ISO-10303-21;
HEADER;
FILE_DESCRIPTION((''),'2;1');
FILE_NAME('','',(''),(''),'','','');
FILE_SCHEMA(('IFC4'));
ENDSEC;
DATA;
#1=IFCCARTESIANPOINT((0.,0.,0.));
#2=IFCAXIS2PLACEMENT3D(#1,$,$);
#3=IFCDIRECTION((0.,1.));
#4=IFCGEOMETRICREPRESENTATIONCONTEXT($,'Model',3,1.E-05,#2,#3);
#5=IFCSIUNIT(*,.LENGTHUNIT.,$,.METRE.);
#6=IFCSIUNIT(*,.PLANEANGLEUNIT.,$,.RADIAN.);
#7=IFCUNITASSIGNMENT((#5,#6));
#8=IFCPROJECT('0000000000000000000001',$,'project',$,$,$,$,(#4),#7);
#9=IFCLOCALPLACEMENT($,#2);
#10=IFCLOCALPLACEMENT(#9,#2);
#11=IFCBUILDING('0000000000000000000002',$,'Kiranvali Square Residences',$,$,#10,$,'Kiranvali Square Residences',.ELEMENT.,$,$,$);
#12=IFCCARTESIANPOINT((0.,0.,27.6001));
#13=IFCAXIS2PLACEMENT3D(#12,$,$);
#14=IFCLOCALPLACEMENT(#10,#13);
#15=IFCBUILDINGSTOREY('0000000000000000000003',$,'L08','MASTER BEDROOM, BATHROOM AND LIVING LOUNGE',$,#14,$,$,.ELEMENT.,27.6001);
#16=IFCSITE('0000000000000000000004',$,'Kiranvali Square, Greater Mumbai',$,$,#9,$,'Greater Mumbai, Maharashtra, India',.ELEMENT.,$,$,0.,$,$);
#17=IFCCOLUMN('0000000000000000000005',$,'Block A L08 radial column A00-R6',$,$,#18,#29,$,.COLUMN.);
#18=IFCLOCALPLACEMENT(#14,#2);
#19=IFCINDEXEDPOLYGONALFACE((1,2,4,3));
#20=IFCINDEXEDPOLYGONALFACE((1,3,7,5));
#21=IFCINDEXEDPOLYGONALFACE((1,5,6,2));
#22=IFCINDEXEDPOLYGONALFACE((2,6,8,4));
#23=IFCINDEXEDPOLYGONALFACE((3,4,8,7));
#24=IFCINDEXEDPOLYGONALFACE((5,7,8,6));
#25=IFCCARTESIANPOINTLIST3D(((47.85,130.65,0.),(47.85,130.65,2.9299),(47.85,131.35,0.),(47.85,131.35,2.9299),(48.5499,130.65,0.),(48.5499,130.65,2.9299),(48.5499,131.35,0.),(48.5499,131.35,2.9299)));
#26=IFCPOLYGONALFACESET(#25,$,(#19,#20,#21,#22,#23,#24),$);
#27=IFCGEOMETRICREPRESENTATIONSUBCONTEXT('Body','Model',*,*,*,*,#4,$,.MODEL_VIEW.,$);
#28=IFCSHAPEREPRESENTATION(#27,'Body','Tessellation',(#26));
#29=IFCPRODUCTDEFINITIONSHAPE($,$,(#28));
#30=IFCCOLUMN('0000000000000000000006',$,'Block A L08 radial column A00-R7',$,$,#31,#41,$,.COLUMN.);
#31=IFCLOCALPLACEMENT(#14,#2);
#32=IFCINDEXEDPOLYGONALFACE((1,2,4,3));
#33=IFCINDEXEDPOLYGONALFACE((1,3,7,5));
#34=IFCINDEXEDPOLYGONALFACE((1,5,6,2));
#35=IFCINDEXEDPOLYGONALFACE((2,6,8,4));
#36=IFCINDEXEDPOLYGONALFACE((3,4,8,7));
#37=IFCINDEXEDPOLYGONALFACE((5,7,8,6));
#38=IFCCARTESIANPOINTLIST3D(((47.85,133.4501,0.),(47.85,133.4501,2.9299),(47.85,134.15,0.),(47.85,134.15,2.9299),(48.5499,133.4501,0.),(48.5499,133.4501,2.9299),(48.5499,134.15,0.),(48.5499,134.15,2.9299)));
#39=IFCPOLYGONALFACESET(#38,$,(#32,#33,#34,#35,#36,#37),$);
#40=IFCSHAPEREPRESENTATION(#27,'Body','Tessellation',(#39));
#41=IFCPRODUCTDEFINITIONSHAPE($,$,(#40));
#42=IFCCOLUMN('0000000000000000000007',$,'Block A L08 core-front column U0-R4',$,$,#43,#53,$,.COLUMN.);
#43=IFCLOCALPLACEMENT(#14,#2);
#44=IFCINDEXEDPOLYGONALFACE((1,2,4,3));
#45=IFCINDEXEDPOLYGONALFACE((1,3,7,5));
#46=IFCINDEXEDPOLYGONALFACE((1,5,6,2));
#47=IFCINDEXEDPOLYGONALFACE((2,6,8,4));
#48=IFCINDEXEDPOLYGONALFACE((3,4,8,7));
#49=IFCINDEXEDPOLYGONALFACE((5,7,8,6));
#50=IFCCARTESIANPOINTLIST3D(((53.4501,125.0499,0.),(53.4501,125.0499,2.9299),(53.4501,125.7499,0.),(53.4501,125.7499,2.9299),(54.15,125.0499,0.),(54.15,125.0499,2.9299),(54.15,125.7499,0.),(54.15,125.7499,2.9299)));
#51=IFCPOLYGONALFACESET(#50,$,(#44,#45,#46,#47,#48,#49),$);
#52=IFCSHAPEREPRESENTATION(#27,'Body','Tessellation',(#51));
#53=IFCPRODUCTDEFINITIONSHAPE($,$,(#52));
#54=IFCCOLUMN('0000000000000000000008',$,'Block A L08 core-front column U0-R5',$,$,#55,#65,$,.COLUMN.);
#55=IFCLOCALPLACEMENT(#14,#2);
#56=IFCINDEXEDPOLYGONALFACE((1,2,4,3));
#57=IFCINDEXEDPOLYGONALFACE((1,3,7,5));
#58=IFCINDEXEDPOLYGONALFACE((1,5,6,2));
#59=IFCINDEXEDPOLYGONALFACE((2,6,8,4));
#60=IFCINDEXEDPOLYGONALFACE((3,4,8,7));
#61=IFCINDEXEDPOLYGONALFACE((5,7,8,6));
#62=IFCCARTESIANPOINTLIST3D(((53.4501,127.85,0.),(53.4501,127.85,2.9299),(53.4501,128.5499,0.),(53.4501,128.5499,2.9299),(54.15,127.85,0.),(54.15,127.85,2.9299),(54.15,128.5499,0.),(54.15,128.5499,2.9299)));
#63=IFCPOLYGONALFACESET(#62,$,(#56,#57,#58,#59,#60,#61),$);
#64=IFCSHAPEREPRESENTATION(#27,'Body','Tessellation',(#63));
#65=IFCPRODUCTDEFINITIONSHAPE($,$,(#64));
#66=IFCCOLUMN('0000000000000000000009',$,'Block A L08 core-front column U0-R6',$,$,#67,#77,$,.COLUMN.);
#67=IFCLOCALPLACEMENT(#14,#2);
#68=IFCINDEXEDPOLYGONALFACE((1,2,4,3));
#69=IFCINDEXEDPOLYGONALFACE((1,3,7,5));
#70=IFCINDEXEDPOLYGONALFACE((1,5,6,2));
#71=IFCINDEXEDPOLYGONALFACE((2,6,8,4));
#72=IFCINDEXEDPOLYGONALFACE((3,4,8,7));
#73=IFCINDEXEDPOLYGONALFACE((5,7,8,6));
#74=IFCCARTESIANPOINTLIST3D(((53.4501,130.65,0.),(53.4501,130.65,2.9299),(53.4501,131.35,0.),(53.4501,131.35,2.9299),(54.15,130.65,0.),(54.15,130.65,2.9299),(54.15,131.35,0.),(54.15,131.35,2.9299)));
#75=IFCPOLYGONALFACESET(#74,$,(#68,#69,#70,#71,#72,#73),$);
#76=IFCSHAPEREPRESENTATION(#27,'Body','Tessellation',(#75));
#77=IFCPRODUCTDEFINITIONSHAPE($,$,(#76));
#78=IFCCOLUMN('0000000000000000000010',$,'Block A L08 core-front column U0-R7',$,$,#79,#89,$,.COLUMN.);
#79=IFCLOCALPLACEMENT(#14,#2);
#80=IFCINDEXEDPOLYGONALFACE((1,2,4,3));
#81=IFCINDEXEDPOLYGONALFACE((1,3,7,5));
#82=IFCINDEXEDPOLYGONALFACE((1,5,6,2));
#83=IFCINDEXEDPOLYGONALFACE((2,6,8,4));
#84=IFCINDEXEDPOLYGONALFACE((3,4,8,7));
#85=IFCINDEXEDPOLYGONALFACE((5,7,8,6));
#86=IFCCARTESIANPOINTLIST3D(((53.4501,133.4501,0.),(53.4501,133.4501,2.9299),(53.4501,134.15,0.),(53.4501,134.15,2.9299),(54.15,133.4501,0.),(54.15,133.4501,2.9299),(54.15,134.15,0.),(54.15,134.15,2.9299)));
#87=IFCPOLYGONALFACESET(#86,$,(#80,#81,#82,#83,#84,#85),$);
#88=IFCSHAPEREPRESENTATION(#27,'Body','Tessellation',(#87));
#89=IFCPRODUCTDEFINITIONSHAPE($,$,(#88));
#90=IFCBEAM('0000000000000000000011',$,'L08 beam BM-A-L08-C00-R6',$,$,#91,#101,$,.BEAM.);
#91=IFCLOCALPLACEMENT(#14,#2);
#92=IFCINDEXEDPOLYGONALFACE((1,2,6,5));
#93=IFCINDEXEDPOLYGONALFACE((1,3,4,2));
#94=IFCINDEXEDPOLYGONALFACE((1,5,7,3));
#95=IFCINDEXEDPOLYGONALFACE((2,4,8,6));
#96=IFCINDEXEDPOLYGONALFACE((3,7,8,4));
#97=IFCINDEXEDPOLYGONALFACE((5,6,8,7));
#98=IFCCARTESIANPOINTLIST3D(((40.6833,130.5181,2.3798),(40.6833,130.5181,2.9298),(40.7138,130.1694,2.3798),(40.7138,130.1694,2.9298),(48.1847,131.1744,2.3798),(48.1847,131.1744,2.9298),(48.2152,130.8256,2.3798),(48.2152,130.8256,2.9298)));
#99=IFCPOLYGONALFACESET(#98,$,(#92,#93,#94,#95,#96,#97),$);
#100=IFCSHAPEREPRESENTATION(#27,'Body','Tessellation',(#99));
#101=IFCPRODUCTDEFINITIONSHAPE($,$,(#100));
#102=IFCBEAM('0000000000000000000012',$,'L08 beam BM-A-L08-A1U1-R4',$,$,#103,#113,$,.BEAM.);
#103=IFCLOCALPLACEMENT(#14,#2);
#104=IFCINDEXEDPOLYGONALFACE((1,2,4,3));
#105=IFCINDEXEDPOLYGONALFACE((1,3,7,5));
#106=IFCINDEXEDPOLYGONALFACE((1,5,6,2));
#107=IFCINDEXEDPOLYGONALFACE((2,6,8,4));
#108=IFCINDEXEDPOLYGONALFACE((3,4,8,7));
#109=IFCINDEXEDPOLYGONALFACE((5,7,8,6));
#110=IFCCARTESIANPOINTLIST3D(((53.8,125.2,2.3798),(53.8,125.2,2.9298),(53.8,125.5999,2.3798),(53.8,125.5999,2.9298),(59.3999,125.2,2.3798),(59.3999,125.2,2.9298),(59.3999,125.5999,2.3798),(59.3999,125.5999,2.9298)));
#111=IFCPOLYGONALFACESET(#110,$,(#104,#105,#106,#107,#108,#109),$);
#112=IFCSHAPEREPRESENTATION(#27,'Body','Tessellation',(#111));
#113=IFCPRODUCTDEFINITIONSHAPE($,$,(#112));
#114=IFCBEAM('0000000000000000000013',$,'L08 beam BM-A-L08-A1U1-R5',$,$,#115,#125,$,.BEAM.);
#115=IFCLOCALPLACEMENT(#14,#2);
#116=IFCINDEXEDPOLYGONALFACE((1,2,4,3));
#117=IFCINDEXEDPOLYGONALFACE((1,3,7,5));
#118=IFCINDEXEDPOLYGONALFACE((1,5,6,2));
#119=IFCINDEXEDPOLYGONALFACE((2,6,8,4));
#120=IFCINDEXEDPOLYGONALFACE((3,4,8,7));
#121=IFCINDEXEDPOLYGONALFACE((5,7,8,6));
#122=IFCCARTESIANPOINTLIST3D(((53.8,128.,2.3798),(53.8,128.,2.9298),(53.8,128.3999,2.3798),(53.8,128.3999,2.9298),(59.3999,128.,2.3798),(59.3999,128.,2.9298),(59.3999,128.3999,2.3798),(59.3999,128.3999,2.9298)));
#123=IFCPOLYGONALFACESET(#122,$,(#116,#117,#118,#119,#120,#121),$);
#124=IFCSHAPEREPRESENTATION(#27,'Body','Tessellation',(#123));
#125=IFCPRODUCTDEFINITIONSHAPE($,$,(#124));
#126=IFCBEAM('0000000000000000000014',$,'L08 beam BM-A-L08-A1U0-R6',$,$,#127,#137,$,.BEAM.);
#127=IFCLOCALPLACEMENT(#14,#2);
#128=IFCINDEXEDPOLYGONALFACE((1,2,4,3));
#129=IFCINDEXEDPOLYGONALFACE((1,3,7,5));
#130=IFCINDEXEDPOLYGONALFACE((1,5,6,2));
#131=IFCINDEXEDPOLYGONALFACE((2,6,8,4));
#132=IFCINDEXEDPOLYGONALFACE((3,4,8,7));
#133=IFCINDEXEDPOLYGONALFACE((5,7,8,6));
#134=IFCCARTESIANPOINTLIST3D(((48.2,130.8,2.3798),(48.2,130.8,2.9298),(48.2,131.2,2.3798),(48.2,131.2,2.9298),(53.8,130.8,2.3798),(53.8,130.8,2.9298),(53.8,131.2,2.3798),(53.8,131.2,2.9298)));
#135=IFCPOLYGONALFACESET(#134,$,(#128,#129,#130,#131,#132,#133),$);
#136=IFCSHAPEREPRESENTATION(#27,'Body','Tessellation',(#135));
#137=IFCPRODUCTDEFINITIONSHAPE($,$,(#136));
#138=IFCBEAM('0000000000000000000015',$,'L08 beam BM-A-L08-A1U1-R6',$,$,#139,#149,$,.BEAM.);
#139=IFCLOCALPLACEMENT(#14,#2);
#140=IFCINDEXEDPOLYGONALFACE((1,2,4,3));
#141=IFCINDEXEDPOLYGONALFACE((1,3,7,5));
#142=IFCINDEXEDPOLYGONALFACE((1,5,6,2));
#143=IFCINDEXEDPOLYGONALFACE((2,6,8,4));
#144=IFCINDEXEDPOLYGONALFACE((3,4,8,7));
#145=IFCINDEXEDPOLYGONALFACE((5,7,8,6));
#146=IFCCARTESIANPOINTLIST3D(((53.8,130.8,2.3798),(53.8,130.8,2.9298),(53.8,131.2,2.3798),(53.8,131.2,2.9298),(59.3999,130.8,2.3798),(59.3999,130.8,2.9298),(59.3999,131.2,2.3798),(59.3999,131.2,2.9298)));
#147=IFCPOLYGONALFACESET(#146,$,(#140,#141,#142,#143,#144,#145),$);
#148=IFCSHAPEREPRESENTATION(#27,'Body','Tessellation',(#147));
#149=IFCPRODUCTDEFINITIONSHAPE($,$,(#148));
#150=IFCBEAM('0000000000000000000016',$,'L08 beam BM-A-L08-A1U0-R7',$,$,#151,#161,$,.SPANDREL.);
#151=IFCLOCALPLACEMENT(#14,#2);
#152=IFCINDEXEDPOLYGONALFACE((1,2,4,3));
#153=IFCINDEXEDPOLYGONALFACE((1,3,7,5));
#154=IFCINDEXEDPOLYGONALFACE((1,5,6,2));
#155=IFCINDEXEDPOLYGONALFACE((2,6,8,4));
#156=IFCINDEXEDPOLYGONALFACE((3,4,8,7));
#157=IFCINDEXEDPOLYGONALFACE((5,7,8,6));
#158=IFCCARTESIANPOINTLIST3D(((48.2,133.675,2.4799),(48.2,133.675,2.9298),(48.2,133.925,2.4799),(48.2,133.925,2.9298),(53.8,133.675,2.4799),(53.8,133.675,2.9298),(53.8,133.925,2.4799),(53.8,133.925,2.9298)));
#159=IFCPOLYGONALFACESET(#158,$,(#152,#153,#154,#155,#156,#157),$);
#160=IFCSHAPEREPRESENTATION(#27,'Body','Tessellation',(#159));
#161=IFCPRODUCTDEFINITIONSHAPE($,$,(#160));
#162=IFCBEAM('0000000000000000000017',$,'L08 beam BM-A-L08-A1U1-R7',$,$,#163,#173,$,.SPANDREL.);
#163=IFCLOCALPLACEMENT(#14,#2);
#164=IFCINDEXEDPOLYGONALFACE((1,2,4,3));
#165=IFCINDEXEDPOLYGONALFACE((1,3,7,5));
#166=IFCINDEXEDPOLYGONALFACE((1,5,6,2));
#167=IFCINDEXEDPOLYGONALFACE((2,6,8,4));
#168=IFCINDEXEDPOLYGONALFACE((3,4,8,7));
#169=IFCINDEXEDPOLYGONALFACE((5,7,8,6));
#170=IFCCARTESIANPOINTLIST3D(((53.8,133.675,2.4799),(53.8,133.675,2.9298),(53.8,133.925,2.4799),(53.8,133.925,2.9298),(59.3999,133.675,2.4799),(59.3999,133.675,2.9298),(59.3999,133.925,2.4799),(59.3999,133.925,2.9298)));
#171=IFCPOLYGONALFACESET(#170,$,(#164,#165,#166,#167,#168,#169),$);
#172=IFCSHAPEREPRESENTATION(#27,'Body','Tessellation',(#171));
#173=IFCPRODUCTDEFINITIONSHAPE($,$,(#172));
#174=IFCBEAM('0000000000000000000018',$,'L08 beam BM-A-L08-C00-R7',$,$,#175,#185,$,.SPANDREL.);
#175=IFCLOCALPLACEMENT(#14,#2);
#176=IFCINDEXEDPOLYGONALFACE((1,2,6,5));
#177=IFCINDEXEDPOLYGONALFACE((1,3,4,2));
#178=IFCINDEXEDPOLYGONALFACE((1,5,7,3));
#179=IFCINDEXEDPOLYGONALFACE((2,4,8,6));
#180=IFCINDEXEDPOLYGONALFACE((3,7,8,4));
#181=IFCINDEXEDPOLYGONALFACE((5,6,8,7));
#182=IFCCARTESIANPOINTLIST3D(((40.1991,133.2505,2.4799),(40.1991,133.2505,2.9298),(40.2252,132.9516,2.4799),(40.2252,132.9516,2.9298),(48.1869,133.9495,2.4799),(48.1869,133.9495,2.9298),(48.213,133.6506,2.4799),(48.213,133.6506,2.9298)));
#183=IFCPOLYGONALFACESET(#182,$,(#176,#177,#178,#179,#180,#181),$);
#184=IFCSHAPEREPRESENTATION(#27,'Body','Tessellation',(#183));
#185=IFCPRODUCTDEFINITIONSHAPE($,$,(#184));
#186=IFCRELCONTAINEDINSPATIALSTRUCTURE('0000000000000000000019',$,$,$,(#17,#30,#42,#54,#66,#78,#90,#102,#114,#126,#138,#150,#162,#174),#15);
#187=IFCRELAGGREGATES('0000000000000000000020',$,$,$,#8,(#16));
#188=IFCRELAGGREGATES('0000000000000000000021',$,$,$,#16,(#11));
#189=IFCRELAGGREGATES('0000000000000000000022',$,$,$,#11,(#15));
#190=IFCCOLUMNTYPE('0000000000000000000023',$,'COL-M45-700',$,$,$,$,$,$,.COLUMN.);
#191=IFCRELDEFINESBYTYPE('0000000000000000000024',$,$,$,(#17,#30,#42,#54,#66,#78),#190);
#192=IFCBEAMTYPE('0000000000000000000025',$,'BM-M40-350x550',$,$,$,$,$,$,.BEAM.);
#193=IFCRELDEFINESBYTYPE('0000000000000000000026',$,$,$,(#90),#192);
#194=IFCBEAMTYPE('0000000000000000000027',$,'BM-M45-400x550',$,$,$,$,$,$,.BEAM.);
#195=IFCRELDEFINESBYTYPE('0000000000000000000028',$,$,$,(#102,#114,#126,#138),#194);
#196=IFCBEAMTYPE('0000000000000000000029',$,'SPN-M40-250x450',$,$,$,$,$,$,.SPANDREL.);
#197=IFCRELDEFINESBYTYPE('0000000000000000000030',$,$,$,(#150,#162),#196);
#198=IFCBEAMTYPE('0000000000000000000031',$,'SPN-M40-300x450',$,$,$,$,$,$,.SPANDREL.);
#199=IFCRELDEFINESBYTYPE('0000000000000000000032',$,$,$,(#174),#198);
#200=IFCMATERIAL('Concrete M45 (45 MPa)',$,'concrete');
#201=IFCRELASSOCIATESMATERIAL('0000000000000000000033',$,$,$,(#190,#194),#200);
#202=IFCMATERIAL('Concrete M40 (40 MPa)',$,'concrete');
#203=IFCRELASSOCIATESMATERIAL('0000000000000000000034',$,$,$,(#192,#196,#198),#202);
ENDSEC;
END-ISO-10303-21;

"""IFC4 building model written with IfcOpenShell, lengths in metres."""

from ifc_helpers import new_model, si_unit, direction, frame, origin, origin_2d, place, context, subcontext, project, spatial, rectangle, extrude, material, material_profile, profile_set, type_object, element, save


model = new_model("IFC4")

# Units and contexts
model_context = context("Model", 3, precision=1e-05, world=origin(), true_north=direction((0.0, 1.0)))
body_context = subcontext(model_context, "Body", "Model", "MODEL_VIEW")
ifc_project = project(units=[si_unit("LENGTHUNIT", "METRE"), si_unit("PLANEANGLEUNIT", "RADIAN")], contexts=[model_context])

# Site, building, storey
site_placement = place(None, origin())
site = spatial("IfcSite", under=ifc_project, at=site_placement, Name="Kiranvali Square, Greater Mumbai", LongName="Greater Mumbai, Maharashtra, India", CompositionType="ELEMENT", RefElevation=0.0)
building_placement = place(site_placement, origin())
building = spatial("IfcBuilding", under=site, at=building_placement, Name="Kiranvali Square Residences", LongName="Kiranvali Square Residences", CompositionType="ELEMENT")
storey_placement = place(building_placement, frame((0.0, 0.0, 27.6001)))
storey = spatial("IfcBuildingStorey", under=building, at=storey_placement, Name="L08", Description="MASTER BEDROOM, BATHROOM AND LIVING LOUNGE", CompositionType="ELEMENT", Elevation=27.6001)

# Columns
ifc_material_1 = material(Name="Concrete M45 (45 MPa)", Category="concrete")
ifc_material_profile_1 = material_profile(ifc_material_1, rectangle(XDim=0.7, YDim=0.7, at=origin_2d()), Name="RC 700x700")
ifc_profile_set_1 = profile_set([ifc_material_profile_1], Name="Concrete M45 (45 MPa)")
column_type = type_object("IfcColumnType", Name="COL-M45-700", PredefinedType="COLUMN", material=ifc_profile_set_1)
for number, where, z_axis, x_axis, name in (
    (1, (48.2, 131.0, 0.0), (0.0, 0.0, 1.0), (1.0, 0.0, 0.0), "Block A L08 radial column A00-R6"),
    (2, (48.2, 133.8, 0.0), (0.0, 0.0, 1.0), (1.0, 0.0, 0.0), "Block A L08 radial column A00-R7"),
    (3, (53.8, 125.3999, 0.0), (0.0, 0.0, 1.0), (1.0, 0.0, 0.0), "Block A L08 core-front column U0-R4"),
    (4, (53.8, 128.2, 0.0), (0.0, 0.0, 1.0), (1.0, 0.0, 0.0), "Block A L08 core-front column U0-R5"),
    (5, (53.8, 131.0, 0.0), (0.0, 0.0, 1.0), (1.0, 0.0, 0.0), "Block A L08 core-front column U0-R6"),
    (6, (53.8, 133.8, 0.0), (0.0, 0.0, 1.0), (1.0, 0.0, 0.0), "Block A L08 core-front column U0-R7"),
):
    element("IfcColumn", number, at=place(storey_placement, frame(where, z_axis=z_axis, x_axis=x_axis)), inside=storey, type_object=column_type, Name=name, PredefinedType="COLUMN", context=body_context, shape_type="SweptSolid", body=[
        extrude(rectangle(XDim=0.7, YDim=0.7, at=origin_2d()), origin(), (0.0, 0.0, 1.0), 2.9299),
    ])

# Beams
ifc_material_2 = material(Name="Concrete M40 (40 MPa)", Category="concrete")
ifc_material_profile_2 = material_profile(ifc_material_2, rectangle(XDim=0.3501, YDim=0.55, at=origin_2d()), Name="RC 350x550")
ifc_profile_set_2 = profile_set([ifc_material_profile_2], Name="Concrete M40 (40 MPa)")
beam_type_1 = type_object("IfcBeamType", Name="BM-M40-350x550", PredefinedType="BEAM", material=ifc_profile_set_2)
beam_1_placement = place(storey_placement, frame((48.2, 131.0, 2.6548), z_axis=(-0.996195, -0.08715, 0.0), x_axis=(0.08715, -0.996195, 0.0)))
element("IfcBeam", 7, at=beam_1_placement, inside=storey, type_object=beam_type_1, Name="L08 beam BM-A-L08-C00-R6", PredefinedType="BEAM", context=body_context, shape_type="SweptSolid", body=[
    extrude(rectangle(XDim=0.3501, YDim=0.55, at=origin_2d()), origin(), (0.0, 0.0, 1.0), 7.53),
])
ifc_material_profile_3 = material_profile(ifc_material_1, rectangle(XDim=0.3999, YDim=0.55, at=origin_2d()), Name="RC 400x550")
ifc_profile_set_3 = profile_set([ifc_material_profile_3], Name="Concrete M45 (45 MPa)")
beam_type_2 = type_object("IfcBeamType", Name="BM-M45-400x550", PredefinedType="BEAM", material=ifc_profile_set_3)
for number, where, z_axis, x_axis, name in (
    (8, (53.8, 125.3999, 2.6548), (1.0, 0.0, 0.0), (0.0, 1.0, 0.0), "L08 beam BM-A-L08-A1U1-R4"),
    (9, (53.8, 128.2, 2.6548), (1.0, 0.0, 0.0), (0.0, 1.0, 0.0), "L08 beam BM-A-L08-A1U1-R5"),
):
    element("IfcBeam", number, at=place(storey_placement, frame(where, z_axis=z_axis, x_axis=x_axis)), inside=storey, type_object=beam_type_2, Name=name, PredefinedType="BEAM", context=body_context, shape_type="SweptSolid", body=[
        extrude(rectangle(XDim=0.3999, YDim=0.55, at=origin_2d()), origin(), (0.0, 0.0, 1.0), 5.5999),
    ])
beam_2_placement = place(storey_placement, frame((48.2, 131.0, 2.6548), z_axis=(1.0, 0.0, 0.0), x_axis=(0.0, 1.0, 0.0)))
element("IfcBeam", 10, at=beam_2_placement, inside=storey, type_object=beam_type_2, Name="L08 beam BM-A-L08-A1U0-R6", PredefinedType="BEAM", context=body_context, shape_type="SweptSolid", body=[
    extrude(rectangle(XDim=0.3999, YDim=0.55, at=origin_2d()), origin(), (0.0, 0.0, 1.0), 5.6001),
])
beam_3_placement = place(storey_placement, frame((53.8, 131.0, 2.6548), z_axis=(1.0, 0.0, 0.0), x_axis=(0.0, 1.0, 0.0)))
element("IfcBeam", 11, at=beam_3_placement, inside=storey, type_object=beam_type_2, Name="L08 beam BM-A-L08-A1U1-R6", PredefinedType="BEAM", context=body_context, shape_type="SweptSolid", body=[
    extrude(rectangle(XDim=0.3999, YDim=0.55, at=origin_2d()), origin(), (0.0, 0.0, 1.0), 5.5999),
])
ifc_material_profile_4 = material_profile(ifc_material_2, rectangle(XDim=0.25, YDim=0.45, at=origin_2d()), Name="RC 250x450")
ifc_profile_set_4 = profile_set([ifc_material_profile_4], Name="Concrete M40 (40 MPa)")
beam_type_3 = type_object("IfcBeamType", Name="SPN-M40-250x450", PredefinedType="SPANDREL", material=ifc_profile_set_4)
beam_4_placement = place(storey_placement, frame((48.2, 133.8, 2.7048), z_axis=(1.0, 0.0, 0.0), x_axis=(0.0, 1.0, 0.0)))
element("IfcBeam", 12, at=beam_4_placement, inside=storey, type_object=beam_type_3, Name="L08 beam BM-A-L08-A1U0-R7", PredefinedType="SPANDREL", context=body_context, shape_type="SweptSolid", body=[
    extrude(rectangle(XDim=0.25, YDim=0.45, at=origin_2d()), origin(), (0.0, 0.0, 1.0), 5.6001),
])
beam_5_placement = place(storey_placement, frame((53.8, 133.8, 2.7048), z_axis=(1.0, 0.0, 0.0), x_axis=(0.0, 1.0, 0.0)))
element("IfcBeam", 13, at=beam_5_placement, inside=storey, type_object=beam_type_3, Name="L08 beam BM-A-L08-A1U1-R7", PredefinedType="SPANDREL", context=body_context, shape_type="SweptSolid", body=[
    extrude(rectangle(XDim=0.25, YDim=0.45, at=origin_2d()), origin(), (0.0, 0.0, 1.0), 5.5999),
])
ifc_material_profile_5 = material_profile(ifc_material_2, rectangle(XDim=0.3, YDim=0.45, at=origin_2d()), Name="RC 300x450")
ifc_profile_set_5 = profile_set([ifc_material_profile_5], Name="Concrete M40 (40 MPa)")
beam_type_4 = type_object("IfcBeamType", Name="SPN-M40-300x450", PredefinedType="SPANDREL", material=ifc_profile_set_5)
beam_6_placement = place(storey_placement, frame((48.2, 133.8, 2.7048), z_axis=(-0.996193, -0.087172, 0.0), x_axis=(0.087172, -0.996193, 0.0)))
element("IfcBeam", 14, at=beam_6_placement, inside=storey, type_object=beam_type_4, Name="L08 beam BM-A-L08-C00-R7", PredefinedType="SPANDREL", context=body_context, shape_type="SweptSolid", body=[
    extrude(rectangle(XDim=0.3, YDim=0.45, at=origin_2d()), origin(), (0.0, 0.0, 1.0), 8.0183),
])

save(model, "model.ifc")
